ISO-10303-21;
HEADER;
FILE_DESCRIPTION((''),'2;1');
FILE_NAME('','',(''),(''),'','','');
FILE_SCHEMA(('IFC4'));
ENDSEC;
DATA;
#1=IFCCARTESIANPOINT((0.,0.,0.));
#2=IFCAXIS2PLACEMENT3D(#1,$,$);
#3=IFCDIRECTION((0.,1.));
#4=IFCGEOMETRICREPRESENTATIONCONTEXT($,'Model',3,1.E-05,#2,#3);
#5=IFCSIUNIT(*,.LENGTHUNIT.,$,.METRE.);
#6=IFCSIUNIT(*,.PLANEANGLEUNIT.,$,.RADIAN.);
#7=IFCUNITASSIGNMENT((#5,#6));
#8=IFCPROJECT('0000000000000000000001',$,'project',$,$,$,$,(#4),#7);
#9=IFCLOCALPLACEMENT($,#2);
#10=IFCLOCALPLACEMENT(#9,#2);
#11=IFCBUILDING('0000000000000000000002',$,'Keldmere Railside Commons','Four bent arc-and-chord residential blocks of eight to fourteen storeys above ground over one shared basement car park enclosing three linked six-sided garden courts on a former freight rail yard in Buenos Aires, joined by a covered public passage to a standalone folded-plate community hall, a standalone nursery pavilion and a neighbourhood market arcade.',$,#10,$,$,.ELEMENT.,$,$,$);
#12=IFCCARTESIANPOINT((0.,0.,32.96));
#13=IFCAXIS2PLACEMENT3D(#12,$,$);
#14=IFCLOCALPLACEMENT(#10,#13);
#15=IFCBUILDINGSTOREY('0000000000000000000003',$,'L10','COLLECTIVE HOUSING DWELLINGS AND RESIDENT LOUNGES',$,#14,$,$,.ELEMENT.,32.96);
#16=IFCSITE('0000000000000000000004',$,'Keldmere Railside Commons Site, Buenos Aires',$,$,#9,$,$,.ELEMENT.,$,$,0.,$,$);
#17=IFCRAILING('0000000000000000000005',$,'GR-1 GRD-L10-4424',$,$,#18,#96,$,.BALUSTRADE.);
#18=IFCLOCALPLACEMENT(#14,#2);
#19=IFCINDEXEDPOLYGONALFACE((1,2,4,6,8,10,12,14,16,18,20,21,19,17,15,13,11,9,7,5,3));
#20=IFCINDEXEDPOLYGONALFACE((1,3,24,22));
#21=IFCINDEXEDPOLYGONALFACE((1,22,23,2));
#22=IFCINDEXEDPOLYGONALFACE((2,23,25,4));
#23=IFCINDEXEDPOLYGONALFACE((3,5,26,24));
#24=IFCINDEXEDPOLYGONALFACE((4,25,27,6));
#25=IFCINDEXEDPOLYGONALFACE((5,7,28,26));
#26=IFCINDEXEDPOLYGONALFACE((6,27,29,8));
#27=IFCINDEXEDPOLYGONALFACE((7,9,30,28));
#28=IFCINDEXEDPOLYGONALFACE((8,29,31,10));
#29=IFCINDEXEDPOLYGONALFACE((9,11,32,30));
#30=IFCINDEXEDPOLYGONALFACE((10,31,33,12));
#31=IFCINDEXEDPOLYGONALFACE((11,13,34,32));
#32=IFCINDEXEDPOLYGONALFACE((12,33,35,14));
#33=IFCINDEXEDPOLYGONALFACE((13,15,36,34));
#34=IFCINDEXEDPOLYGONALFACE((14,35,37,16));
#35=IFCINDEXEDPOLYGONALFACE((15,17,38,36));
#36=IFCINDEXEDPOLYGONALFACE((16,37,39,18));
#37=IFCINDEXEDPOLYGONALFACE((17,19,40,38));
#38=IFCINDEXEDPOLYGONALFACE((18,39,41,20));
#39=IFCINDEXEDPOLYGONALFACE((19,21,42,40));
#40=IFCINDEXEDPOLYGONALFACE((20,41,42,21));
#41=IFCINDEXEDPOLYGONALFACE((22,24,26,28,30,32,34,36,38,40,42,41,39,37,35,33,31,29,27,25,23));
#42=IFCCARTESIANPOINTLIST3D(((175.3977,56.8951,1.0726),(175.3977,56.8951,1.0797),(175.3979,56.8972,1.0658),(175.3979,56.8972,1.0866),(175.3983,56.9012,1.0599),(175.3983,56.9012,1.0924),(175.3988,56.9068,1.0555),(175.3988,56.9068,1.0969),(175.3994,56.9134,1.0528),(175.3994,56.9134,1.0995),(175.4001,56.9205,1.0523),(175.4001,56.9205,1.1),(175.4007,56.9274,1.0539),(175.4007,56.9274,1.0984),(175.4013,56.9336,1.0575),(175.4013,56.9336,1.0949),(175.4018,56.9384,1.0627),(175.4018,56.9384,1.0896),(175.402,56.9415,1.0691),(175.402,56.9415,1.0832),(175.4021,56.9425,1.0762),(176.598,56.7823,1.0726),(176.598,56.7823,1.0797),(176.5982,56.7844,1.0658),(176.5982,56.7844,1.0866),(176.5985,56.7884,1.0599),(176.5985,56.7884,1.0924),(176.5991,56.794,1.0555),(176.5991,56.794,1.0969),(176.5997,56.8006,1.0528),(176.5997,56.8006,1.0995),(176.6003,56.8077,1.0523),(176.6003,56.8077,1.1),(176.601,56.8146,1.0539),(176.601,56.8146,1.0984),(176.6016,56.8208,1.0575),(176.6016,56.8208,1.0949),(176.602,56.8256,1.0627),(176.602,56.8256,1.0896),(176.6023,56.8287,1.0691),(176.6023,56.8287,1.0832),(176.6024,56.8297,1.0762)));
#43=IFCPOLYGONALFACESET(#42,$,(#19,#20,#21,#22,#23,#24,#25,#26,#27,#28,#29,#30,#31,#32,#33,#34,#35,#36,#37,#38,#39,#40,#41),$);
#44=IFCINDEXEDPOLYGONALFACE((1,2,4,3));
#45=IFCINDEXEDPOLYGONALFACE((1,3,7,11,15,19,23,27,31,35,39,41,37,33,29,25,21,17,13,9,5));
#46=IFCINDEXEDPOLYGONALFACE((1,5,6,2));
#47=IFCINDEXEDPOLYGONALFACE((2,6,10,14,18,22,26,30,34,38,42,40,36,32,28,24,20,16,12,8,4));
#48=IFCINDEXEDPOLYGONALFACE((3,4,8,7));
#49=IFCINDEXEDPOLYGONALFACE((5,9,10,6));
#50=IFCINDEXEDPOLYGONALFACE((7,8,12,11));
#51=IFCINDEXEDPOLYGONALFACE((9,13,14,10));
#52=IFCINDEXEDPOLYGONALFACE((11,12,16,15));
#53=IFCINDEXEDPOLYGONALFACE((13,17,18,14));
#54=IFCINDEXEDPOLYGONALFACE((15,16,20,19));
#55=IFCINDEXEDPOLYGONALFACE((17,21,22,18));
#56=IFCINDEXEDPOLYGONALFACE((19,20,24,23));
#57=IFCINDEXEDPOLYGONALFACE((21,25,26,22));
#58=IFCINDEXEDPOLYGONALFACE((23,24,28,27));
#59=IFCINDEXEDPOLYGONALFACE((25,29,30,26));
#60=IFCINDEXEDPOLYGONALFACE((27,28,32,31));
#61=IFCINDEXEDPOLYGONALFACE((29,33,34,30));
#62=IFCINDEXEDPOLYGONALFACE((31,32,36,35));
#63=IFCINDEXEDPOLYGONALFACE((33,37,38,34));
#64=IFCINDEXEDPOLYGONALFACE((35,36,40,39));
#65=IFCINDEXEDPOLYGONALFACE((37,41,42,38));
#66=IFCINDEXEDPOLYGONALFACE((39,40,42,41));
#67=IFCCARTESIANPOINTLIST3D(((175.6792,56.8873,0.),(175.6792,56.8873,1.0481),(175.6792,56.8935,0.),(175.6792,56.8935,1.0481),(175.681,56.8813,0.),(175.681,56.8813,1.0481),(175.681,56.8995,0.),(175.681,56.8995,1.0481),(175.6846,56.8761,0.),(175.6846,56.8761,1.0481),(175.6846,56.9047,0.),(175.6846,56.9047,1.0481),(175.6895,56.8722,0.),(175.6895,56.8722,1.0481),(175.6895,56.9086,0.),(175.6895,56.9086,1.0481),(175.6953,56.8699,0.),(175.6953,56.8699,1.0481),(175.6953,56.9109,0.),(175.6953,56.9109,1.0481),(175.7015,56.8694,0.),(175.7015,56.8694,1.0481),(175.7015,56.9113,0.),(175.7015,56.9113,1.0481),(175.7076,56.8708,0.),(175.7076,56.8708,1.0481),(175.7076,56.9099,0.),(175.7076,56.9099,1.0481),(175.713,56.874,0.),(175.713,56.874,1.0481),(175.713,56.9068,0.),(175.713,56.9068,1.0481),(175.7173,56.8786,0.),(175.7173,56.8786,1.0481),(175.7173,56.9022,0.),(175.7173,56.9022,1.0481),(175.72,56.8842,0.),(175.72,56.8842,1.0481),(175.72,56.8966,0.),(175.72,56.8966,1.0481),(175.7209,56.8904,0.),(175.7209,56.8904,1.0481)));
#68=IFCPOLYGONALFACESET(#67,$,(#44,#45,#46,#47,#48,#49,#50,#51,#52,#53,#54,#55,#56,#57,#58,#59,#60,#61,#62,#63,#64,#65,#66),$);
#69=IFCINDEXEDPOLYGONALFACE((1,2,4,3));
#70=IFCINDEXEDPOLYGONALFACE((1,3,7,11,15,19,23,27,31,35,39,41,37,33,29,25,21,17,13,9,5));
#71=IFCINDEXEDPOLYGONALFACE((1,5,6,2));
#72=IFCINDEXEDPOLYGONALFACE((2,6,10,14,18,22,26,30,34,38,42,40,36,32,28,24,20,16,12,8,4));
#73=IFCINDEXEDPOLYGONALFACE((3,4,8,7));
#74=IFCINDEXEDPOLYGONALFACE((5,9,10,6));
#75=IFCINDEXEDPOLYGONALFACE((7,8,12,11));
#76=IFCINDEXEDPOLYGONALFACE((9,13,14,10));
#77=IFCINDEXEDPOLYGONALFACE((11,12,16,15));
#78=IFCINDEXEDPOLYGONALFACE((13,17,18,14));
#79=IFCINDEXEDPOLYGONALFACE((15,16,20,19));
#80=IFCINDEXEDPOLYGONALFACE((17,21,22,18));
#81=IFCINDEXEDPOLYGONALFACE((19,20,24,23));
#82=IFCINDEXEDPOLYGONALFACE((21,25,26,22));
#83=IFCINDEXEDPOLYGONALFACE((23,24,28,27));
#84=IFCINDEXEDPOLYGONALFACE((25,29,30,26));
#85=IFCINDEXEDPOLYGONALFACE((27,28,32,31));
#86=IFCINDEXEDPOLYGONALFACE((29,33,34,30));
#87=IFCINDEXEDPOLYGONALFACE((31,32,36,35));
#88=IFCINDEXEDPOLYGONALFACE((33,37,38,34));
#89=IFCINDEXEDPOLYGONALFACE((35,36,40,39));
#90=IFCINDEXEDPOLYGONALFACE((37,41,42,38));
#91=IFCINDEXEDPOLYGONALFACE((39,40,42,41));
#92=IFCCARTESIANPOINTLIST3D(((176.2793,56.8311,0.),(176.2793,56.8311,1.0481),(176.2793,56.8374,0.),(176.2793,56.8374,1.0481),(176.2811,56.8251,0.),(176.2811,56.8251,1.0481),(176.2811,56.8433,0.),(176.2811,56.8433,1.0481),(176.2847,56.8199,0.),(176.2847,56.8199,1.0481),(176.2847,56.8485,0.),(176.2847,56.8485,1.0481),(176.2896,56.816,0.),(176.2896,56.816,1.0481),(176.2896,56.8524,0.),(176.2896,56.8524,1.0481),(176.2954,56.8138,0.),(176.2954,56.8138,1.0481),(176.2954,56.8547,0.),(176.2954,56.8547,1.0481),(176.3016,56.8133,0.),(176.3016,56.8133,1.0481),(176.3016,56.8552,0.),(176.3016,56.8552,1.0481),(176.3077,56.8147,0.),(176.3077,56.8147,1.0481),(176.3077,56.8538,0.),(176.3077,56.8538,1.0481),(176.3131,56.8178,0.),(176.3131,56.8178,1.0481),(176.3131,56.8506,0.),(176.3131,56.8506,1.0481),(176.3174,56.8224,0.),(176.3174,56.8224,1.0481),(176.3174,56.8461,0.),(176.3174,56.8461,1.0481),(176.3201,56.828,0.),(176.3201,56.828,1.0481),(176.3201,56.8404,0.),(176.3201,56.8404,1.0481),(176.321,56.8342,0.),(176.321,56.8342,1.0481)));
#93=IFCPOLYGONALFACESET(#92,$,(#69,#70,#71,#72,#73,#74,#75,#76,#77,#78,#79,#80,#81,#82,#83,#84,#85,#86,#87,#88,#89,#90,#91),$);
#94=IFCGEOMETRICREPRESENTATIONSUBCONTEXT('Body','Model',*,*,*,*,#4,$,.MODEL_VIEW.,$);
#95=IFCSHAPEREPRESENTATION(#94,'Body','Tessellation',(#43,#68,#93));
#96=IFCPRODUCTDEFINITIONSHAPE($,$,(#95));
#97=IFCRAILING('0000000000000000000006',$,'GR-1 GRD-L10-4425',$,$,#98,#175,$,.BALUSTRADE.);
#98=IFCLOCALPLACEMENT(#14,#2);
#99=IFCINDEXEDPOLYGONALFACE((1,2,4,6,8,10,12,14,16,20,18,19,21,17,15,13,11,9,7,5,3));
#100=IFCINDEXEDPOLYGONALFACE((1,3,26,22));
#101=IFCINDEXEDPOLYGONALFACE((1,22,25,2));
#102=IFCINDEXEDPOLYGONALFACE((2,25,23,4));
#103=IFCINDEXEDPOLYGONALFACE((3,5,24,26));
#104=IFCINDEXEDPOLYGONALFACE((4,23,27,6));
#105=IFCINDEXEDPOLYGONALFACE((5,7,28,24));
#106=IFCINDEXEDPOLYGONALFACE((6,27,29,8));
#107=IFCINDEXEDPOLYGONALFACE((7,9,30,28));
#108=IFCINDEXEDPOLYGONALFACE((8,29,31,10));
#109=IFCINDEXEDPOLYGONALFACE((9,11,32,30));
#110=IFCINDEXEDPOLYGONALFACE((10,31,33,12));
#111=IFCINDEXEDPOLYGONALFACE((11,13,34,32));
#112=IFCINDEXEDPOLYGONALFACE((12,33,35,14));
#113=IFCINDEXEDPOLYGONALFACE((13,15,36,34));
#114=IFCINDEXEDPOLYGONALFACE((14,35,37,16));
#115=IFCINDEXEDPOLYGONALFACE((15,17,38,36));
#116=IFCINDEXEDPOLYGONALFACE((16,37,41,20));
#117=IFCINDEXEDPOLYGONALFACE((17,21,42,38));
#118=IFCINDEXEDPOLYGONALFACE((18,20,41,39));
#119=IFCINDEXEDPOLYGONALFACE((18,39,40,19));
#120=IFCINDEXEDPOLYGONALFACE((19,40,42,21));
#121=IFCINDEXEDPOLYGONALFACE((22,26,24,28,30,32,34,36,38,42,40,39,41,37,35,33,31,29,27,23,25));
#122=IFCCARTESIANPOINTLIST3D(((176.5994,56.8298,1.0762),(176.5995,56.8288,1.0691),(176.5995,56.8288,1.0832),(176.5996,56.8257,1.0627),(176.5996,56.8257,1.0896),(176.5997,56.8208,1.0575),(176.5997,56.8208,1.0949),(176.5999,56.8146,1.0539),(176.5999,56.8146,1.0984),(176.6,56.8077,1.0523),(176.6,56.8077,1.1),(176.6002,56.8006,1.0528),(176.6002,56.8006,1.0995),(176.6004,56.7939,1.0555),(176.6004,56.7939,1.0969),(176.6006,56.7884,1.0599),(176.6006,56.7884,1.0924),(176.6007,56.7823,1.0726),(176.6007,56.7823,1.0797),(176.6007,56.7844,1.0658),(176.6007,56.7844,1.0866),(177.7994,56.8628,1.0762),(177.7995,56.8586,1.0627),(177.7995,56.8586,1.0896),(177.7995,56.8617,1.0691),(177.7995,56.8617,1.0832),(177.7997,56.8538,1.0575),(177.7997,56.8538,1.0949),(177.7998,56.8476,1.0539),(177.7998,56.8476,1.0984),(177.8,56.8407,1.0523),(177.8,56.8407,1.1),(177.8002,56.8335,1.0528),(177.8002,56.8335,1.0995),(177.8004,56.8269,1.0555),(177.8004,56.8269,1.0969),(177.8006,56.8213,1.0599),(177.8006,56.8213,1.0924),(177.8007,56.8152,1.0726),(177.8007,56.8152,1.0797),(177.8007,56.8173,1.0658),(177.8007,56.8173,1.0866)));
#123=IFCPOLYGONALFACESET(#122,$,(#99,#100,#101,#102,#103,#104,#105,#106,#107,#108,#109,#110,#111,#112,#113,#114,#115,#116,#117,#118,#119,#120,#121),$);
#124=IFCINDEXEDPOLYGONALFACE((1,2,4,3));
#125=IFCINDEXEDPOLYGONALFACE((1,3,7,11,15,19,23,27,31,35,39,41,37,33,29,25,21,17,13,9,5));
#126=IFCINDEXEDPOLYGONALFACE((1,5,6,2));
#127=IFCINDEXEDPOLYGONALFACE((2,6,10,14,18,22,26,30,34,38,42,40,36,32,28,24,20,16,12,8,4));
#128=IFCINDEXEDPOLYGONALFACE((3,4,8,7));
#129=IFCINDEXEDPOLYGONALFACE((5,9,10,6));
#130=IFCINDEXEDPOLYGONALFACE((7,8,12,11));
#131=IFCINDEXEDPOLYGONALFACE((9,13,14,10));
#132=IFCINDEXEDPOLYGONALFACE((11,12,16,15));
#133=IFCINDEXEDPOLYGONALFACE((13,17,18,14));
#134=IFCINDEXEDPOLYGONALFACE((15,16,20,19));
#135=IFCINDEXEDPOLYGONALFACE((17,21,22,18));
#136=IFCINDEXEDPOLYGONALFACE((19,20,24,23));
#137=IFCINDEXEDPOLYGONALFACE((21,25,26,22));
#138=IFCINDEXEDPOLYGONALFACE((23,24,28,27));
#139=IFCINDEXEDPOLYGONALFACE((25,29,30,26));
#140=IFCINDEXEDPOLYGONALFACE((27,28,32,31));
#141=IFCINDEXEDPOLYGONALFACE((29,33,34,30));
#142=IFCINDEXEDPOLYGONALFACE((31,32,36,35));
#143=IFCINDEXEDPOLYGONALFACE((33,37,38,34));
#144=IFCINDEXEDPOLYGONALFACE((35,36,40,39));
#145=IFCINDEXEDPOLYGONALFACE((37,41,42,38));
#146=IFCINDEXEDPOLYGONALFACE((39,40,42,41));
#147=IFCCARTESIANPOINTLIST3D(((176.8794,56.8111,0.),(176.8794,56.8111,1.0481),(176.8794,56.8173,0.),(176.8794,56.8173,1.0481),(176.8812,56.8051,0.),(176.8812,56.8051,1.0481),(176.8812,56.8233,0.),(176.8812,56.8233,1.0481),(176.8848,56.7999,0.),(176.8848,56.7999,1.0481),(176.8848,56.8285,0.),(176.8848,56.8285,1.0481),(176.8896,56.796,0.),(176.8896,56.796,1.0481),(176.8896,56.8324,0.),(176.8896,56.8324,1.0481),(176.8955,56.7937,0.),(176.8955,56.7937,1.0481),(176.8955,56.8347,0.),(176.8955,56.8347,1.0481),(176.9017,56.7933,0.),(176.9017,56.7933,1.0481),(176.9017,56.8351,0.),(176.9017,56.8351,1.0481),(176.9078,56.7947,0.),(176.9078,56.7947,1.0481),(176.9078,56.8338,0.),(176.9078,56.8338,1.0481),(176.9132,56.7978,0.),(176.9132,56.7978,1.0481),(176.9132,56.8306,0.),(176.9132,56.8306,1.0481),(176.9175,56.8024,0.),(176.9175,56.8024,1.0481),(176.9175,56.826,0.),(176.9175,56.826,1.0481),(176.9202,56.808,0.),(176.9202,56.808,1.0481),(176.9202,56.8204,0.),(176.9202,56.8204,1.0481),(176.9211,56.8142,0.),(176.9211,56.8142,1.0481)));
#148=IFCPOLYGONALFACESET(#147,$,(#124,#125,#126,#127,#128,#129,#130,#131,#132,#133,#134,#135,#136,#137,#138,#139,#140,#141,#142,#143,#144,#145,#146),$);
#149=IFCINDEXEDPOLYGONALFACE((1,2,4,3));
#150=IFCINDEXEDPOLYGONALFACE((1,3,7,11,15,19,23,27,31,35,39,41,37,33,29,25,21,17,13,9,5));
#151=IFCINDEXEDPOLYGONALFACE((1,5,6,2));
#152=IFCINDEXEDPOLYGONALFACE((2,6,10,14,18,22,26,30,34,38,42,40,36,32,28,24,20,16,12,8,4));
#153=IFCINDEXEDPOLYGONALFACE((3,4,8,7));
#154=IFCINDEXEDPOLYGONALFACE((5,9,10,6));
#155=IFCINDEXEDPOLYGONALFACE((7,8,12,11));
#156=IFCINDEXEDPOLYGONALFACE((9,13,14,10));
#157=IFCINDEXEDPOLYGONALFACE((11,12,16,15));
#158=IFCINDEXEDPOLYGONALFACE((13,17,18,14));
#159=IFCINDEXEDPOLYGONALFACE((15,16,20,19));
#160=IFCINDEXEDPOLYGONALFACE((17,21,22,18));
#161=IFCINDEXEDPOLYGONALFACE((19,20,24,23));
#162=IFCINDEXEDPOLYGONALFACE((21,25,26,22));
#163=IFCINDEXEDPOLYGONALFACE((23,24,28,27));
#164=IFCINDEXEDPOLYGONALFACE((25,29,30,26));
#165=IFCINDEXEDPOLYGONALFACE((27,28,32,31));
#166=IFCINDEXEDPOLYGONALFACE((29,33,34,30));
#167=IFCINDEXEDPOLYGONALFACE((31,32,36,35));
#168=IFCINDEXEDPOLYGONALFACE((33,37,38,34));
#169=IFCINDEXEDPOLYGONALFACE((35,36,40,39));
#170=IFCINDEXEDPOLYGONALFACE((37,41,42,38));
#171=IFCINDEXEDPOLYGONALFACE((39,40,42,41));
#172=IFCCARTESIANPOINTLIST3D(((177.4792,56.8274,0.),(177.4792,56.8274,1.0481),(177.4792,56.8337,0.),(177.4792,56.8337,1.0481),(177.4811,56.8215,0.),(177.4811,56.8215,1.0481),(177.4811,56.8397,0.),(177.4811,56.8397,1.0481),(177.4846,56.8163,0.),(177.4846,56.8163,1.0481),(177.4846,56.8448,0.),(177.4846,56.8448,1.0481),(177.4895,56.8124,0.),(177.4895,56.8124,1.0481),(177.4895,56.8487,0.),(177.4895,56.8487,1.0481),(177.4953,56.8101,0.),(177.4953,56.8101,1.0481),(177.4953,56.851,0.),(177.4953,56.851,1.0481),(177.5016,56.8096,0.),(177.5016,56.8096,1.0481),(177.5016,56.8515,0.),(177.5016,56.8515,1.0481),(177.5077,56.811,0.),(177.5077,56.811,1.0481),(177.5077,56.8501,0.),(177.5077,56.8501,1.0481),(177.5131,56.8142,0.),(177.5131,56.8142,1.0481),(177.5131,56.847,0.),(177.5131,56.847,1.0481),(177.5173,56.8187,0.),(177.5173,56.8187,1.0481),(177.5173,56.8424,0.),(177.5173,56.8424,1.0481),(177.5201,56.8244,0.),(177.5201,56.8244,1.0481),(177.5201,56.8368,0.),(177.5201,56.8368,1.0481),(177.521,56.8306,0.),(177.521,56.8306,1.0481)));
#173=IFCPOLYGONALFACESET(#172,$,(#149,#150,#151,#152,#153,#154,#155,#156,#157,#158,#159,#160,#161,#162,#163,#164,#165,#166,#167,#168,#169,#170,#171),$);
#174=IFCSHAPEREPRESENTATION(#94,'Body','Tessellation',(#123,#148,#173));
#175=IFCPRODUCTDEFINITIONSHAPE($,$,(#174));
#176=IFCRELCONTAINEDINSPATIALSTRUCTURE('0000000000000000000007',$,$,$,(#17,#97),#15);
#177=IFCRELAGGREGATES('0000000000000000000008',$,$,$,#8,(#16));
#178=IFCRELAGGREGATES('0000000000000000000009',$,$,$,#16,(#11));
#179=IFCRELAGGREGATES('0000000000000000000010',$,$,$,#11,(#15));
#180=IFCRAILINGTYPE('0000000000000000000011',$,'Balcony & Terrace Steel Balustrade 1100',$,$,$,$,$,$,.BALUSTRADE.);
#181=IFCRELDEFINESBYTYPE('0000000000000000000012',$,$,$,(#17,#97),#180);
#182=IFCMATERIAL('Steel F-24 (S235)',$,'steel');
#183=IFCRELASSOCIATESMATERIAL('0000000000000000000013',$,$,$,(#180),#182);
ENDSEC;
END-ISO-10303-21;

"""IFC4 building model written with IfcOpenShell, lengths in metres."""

from ifc_helpers import new_model, si_unit, direction, frame, origin, origin_2d, place, context, subcontext, project, spatial, circle, extrude, material, type_object, element, save


model = new_model("IFC4")

# Units and contexts
model_context = context("Model", 3, precision=1e-05, world=origin(), true_north=direction((0.0, 1.0)))
body_context = subcontext(model_context, "Body", "Model", "MODEL_VIEW")
ifc_project = project(units=[si_unit("LENGTHUNIT", "METRE"), si_unit("PLANEANGLEUNIT", "RADIAN")], contexts=[model_context])

# Site, building, storey
site_placement = place(None, origin())
site = spatial("IfcSite", under=ifc_project, at=site_placement, Name="Keldmere Railside Commons Site, Buenos Aires", CompositionType="ELEMENT", RefElevation=0.0)
building_placement = place(site_placement, origin())
building = spatial("IfcBuilding", under=site, at=building_placement, Name="Keldmere Railside Commons", Description="Four bent arc-and-chord residential blocks of eight to fourteen storeys above ground over one shared basement car park enclosing three linked six-sided garden courts on a former freight rail yard in Buenos Aires, joined by a covered public passage to a standalone folded-plate community hall, a standalone nursery pavilion and a neighbourhood market arcade.", CompositionType="ELEMENT")
storey_placement = place(building_placement, frame((0.0, 0.0, 32.96)))
storey = spatial("IfcBuildingStorey", under=building, at=storey_placement, Name="L10", Description="COLLECTIVE HOUSING DWELLINGS AND RESIDENT LOUNGES", CompositionType="ELEMENT", Elevation=32.96)

# Shared definitions
ifc_material_1 = material(Name="Steel F-24 (S235)", Category="steel")

# Railings
railing_type_1 = type_object("IfcRailingType", Name="Balcony & Terrace Steel Balustrade 1100", PredefinedType="BALUSTRADE", material=ifc_material_1)
railing_1_placement = place(storey_placement, frame((175.3999, 56.9187, 0.0)))
element("IfcRailing", 1, at=railing_1_placement, inside=storey, type_object=railing_type_1, Name="GR-1 GRD-L10-4424", PredefinedType="BALUSTRADE", context=body_context, shape_type="SweptSolid", body=[
    extrude(circle(Radius=0.0239, at=origin_2d()), frame((0.0, 0.0, 1.0762), z_axis=(0.995613, -0.093567, 0.0), x_axis=(0.093567, 0.995613, 0.0)), (0.0, 0.0, 1.0), 1.2056),
    extrude(circle(Radius=0.021, at=origin_2d()), frame((0.3, -0.0283, 0.0)), (0.0, 0.0, 1.0), 1.0481),
    extrude(circle(Radius=0.021, at=origin_2d()), frame((0.9001, -0.0845, 0.0)), (0.0, 0.0, 1.0), 1.0481),
])
railing_2_placement = place(storey_placement, frame((176.6001, 56.8059, 0.0)))
element("IfcRailing", 2, at=railing_2_placement, inside=storey, type_object=railing_type_1, Name="GR-1 GRD-L10-4425", PredefinedType="BALUSTRADE", context=body_context, shape_type="SweptSolid", body=[
    extrude(circle(Radius=0.0239, at=origin_2d()), frame((0.0, 0.0, 1.0762), z_axis=(0.999623, 0.027457, 0.0), x_axis=(-0.027457, 0.999623, 0.0)), (0.0, 0.0, 1.0), 1.2004),
    extrude(circle(Radius=0.021, at=origin_2d()), frame((0.3, 0.0083, 0.0)), (0.0, 0.0, 1.0), 1.0481),
    extrude(circle(Radius=0.021, at=origin_2d()), frame((0.8999, 0.0247, 0.0)), (0.0, 0.0, 1.0), 1.0481),
])

save(model, "model.ifc")
